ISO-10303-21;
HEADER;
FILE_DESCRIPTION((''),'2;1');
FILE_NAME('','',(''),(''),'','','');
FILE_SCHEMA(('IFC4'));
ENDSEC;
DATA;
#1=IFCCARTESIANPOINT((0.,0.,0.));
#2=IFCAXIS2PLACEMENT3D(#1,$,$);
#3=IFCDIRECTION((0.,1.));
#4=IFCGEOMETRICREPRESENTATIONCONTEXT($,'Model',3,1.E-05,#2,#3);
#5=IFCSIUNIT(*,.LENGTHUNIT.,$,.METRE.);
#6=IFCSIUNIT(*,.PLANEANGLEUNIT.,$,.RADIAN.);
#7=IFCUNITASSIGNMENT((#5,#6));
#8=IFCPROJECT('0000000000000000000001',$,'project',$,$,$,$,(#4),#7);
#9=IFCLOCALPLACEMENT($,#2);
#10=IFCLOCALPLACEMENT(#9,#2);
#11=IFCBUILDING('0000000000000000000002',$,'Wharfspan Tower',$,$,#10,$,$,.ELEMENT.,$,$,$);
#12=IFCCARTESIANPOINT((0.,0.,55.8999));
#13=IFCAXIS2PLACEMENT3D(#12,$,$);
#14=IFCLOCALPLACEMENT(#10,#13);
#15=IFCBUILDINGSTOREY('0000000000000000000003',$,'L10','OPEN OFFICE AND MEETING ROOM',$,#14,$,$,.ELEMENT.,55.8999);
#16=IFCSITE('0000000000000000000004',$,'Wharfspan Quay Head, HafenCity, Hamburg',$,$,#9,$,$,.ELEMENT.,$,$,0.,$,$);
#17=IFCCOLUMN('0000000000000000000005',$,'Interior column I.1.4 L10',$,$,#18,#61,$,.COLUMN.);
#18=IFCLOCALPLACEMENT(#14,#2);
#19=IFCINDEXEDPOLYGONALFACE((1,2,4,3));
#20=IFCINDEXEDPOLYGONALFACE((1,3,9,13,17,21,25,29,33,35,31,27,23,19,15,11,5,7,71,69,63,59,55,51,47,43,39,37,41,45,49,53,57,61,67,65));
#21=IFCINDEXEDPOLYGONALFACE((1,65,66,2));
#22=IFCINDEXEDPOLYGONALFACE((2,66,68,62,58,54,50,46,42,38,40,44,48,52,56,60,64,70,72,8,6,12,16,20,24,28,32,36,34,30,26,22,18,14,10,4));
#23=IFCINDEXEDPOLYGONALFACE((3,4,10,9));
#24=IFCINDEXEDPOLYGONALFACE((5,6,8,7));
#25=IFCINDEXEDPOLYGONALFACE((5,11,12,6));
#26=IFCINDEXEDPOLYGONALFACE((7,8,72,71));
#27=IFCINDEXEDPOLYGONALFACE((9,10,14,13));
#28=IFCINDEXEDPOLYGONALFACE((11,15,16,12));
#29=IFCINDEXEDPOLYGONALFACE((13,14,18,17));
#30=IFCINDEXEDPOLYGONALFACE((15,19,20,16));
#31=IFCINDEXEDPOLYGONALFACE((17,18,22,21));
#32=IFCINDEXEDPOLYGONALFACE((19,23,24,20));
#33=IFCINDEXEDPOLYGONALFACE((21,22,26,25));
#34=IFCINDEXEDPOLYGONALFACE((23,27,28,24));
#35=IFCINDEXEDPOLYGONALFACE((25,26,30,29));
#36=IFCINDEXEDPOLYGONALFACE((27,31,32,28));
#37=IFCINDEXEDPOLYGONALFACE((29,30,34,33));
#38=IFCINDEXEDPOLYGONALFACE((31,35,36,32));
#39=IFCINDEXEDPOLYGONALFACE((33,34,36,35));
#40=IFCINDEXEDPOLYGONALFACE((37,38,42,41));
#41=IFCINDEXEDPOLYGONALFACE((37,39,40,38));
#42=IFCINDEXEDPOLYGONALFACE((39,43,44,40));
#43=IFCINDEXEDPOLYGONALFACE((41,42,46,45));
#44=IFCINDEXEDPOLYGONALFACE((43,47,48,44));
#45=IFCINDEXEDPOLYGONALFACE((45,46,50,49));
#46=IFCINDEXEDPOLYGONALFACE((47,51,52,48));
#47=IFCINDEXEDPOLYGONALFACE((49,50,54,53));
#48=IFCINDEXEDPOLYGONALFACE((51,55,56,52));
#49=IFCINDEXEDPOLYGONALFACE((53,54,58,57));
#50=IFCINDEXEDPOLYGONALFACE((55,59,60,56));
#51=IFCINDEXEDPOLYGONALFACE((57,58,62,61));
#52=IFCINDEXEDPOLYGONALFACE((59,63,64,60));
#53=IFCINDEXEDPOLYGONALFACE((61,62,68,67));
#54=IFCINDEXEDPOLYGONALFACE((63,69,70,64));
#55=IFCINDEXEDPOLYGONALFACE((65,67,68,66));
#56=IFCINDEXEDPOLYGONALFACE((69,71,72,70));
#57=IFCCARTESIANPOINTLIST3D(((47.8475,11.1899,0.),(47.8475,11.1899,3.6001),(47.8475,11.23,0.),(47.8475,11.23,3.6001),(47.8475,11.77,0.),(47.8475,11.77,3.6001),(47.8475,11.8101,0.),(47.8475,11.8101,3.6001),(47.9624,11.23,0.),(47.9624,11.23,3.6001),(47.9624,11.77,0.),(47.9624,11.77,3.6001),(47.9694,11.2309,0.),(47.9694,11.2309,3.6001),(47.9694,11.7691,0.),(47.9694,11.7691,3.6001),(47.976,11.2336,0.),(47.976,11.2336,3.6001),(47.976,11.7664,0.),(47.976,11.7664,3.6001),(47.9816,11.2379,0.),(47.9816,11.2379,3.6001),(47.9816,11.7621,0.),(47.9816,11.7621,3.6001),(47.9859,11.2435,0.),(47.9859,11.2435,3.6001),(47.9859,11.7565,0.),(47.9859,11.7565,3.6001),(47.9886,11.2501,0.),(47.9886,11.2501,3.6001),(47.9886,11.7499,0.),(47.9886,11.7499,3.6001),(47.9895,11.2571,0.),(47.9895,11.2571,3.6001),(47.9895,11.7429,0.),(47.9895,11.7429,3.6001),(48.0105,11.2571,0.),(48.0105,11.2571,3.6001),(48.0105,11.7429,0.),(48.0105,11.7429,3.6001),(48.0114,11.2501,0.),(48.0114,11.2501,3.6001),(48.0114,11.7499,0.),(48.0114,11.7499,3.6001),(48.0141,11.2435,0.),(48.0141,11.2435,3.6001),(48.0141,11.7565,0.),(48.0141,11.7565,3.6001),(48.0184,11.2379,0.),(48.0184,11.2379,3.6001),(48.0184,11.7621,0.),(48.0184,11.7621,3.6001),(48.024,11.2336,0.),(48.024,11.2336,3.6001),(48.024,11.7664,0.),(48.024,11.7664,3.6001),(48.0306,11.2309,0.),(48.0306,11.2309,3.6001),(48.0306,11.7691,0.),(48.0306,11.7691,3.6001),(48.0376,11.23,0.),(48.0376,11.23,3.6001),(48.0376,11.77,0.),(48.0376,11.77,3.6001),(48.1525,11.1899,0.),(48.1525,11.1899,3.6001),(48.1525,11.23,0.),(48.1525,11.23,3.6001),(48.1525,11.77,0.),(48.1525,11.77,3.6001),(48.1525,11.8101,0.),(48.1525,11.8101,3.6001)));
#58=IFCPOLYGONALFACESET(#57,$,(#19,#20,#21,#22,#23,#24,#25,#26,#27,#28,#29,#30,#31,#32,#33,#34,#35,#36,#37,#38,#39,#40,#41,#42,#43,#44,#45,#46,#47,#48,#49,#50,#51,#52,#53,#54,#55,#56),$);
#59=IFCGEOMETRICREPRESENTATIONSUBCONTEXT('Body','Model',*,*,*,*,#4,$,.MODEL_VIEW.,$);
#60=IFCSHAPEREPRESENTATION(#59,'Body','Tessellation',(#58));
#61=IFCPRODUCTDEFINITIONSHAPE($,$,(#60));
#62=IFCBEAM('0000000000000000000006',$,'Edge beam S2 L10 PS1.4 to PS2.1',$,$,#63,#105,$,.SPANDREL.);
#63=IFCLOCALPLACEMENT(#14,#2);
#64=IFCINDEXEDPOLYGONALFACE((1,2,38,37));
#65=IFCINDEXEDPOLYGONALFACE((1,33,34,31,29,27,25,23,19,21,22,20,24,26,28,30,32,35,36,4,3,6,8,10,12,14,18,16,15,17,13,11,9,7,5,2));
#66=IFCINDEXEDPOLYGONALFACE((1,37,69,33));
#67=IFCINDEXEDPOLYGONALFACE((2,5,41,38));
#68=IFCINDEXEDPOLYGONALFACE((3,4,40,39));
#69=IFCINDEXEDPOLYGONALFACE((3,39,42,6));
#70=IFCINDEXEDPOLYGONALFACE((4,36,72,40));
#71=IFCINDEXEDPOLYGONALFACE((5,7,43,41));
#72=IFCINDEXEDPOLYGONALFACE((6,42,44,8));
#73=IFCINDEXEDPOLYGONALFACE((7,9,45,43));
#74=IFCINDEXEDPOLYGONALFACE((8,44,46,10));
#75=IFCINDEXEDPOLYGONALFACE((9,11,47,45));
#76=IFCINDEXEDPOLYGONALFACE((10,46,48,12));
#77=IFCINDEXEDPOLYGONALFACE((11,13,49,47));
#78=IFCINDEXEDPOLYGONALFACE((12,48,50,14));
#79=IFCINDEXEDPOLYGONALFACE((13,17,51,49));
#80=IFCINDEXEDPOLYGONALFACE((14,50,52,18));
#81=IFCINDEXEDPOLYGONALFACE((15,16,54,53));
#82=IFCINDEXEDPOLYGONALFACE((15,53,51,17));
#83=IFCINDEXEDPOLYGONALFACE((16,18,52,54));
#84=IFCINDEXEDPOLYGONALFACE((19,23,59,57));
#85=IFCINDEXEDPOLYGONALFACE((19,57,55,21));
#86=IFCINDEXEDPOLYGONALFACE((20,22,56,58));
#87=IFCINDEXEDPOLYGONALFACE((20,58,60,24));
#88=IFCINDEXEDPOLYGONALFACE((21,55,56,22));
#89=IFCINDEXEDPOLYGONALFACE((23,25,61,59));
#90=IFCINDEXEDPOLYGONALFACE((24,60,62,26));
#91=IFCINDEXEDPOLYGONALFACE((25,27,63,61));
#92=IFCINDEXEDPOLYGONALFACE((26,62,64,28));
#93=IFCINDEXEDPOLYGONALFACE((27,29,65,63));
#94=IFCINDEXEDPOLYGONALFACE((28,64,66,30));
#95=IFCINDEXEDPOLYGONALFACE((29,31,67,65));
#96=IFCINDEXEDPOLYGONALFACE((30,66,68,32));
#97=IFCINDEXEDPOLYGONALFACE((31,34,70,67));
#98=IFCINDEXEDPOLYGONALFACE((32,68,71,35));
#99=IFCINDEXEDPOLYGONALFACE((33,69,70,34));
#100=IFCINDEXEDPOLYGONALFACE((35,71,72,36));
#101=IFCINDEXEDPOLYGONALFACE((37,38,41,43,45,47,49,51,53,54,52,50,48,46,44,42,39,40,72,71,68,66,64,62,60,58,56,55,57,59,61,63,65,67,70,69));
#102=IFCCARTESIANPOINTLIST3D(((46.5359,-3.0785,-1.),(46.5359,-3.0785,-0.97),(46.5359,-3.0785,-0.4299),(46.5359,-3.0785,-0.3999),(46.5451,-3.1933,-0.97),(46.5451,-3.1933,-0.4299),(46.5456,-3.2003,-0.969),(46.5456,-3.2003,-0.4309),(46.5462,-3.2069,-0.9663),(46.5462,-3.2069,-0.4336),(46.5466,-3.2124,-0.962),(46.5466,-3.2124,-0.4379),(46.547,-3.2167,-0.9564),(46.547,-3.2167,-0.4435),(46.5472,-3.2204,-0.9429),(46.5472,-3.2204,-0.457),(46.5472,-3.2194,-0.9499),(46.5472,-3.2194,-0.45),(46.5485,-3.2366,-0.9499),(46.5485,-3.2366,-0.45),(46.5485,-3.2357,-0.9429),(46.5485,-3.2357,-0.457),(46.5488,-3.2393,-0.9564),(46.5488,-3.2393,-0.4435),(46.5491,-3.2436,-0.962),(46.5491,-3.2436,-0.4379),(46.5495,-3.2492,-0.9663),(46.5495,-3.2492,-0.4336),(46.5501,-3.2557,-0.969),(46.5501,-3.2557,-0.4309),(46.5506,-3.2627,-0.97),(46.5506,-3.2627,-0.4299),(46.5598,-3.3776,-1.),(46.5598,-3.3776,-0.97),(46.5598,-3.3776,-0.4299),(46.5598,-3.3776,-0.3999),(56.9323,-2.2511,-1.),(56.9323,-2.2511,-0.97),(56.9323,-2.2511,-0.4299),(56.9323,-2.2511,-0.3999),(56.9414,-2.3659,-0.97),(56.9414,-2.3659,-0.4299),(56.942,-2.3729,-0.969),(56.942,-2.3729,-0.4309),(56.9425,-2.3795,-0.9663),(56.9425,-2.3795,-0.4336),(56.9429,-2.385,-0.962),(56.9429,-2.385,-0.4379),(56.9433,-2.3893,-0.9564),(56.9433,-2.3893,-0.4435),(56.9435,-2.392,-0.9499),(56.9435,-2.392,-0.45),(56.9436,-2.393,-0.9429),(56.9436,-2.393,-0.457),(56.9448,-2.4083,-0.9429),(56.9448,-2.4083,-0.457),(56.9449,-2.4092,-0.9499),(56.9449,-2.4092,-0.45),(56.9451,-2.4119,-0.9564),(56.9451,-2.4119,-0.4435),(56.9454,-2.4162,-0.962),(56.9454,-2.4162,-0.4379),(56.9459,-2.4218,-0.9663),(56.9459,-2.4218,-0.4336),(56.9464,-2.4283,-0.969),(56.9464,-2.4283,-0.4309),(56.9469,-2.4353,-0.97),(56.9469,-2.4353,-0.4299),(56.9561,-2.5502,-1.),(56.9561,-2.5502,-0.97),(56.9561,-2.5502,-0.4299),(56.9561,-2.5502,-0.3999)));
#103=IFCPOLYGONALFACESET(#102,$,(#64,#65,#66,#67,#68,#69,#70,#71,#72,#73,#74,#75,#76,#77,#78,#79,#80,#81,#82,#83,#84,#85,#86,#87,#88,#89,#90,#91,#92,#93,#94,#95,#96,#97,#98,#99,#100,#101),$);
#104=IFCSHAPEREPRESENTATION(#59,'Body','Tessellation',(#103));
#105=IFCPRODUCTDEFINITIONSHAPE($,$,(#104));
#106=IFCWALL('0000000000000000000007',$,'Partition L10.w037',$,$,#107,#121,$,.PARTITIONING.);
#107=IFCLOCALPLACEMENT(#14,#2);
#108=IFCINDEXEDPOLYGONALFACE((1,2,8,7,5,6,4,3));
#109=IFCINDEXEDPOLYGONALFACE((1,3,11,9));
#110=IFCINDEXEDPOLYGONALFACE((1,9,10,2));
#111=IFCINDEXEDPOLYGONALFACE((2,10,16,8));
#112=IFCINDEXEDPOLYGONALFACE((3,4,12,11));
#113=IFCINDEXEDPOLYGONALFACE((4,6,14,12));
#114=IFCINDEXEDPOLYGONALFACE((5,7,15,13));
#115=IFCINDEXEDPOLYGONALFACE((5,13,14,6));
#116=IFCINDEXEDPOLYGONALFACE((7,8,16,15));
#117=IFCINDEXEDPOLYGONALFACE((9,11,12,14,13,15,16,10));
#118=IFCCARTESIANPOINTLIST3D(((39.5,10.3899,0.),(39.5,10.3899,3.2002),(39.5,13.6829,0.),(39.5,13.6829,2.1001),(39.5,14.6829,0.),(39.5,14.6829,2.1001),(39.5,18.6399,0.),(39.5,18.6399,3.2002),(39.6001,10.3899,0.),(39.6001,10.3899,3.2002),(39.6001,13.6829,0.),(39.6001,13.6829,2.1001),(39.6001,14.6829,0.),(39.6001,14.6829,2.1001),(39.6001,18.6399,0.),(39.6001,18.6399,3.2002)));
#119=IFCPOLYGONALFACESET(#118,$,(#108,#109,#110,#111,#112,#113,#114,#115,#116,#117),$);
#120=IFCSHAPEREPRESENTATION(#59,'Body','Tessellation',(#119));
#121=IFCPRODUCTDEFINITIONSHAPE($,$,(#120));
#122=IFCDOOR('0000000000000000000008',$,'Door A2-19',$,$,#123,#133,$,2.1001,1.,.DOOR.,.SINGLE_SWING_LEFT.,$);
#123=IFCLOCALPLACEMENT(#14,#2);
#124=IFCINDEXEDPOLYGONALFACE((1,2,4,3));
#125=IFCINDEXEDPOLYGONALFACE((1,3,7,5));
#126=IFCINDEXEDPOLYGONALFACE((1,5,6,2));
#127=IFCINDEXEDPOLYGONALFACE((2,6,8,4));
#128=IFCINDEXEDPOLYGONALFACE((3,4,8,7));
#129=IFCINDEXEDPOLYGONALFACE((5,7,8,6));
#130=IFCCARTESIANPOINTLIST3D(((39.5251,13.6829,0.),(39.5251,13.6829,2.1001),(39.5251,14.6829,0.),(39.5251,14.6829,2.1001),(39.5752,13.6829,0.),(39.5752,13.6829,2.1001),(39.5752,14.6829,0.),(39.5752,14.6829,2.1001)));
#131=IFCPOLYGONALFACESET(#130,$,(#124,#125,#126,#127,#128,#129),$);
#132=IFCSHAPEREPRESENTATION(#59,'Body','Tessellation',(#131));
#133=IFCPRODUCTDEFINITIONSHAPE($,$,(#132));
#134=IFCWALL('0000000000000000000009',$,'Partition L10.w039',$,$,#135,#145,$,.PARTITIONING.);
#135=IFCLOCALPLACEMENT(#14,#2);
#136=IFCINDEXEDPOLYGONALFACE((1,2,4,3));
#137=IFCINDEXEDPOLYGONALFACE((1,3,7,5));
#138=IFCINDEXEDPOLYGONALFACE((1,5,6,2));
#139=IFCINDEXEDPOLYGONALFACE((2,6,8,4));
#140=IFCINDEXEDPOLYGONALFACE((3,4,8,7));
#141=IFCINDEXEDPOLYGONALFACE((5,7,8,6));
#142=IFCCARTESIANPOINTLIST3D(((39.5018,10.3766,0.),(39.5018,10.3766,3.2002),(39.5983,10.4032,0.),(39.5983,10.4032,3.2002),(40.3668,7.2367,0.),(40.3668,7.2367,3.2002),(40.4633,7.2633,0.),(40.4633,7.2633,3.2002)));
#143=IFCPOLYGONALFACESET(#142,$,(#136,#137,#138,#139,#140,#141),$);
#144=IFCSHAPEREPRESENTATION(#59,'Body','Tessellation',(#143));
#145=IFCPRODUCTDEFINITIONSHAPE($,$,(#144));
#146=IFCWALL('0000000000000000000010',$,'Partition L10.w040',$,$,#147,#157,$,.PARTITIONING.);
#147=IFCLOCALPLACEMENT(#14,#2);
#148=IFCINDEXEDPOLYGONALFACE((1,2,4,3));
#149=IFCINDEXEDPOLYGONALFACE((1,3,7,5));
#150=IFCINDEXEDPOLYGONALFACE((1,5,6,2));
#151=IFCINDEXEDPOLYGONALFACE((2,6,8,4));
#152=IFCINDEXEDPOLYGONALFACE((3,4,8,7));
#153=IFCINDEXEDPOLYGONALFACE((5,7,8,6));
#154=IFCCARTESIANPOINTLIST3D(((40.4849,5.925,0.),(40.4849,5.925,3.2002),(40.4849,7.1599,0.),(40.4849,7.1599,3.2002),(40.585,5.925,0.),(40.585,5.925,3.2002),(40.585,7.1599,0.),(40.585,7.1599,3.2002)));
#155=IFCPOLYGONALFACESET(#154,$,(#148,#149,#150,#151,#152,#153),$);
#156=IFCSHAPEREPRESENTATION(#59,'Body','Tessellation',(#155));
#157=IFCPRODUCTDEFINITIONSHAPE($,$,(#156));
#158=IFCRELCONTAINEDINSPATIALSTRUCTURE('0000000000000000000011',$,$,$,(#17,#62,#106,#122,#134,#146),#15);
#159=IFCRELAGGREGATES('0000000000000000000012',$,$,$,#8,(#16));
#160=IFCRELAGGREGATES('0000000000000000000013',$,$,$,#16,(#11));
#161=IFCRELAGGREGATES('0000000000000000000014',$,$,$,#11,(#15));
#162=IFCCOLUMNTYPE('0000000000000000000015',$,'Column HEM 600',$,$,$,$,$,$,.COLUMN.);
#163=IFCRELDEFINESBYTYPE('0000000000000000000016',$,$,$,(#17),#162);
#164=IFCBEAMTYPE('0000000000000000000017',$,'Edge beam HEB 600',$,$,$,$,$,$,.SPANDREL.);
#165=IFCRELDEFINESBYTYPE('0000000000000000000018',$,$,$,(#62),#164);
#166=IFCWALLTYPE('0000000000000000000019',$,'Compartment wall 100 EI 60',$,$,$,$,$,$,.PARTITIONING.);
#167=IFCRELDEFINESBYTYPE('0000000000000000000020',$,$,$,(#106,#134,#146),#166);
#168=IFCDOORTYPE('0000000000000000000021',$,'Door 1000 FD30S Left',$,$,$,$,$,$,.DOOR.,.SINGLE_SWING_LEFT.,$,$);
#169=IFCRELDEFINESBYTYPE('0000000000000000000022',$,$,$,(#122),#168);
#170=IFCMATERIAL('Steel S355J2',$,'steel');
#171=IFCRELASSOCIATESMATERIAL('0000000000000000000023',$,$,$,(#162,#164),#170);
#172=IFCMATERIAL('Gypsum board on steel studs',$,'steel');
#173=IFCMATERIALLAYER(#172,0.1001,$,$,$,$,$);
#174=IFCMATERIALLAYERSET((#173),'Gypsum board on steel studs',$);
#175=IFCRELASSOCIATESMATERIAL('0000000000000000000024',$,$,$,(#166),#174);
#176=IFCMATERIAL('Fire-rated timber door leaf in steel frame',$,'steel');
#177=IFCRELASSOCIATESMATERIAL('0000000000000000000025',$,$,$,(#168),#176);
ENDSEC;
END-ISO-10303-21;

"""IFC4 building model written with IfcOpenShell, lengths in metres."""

from ifc_helpers import new_model, si_unit, direction, frame, frame_2d, origin, origin_2d, place, context, subcontext, project, spatial, rectangle, i_section, extrude, material, layer, layer_set, material_profile, profile_set, type_object, element, fill, save


model = new_model("IFC4")

# Units and contexts
model_context = context("Model", 3, precision=1e-05, world=origin(), true_north=direction((0.0, 1.0)))
body_context = subcontext(model_context, "Body", "Model", "MODEL_VIEW")
ifc_project = project(units=[si_unit("LENGTHUNIT", "METRE"), si_unit("PLANEANGLEUNIT", "RADIAN")], contexts=[model_context])

# Site, building, storey
site_placement = place(None, origin())
site = spatial("IfcSite", under=ifc_project, at=site_placement, Name="Wharfspan Quay Head, HafenCity, Hamburg", CompositionType="ELEMENT", RefElevation=0.0)
building_placement = place(site_placement, origin())
building = spatial("IfcBuilding", under=site, at=building_placement, Name="Wharfspan Tower", CompositionType="ELEMENT")
storey_placement = place(building_placement, frame((0.0, 0.0, 55.8999)))
storey = spatial("IfcBuildingStorey", under=building, at=storey_placement, Name="L10", Description="OPEN OFFICE AND MEETING ROOM", CompositionType="ELEMENT", Elevation=55.8999)

# Column
ifc_material_1 = material(Name="Steel S355J2", Category="steel")
ifc_material_profile_1 = material_profile(ifc_material_1, i_section(OverallWidth=0.3049, OverallDepth=0.6201, WebThickness=0.021, FlangeThickness=0.04, FilletRadius=0.0271, at=origin_2d()))
ifc_profile_set_1 = profile_set([ifc_material_profile_1], Name="Steel S355J2")
column_type = type_object("IfcColumnType", Name="Column HEM 600", PredefinedType="COLUMN", material=ifc_profile_set_1)
column_placement = place(storey_placement, frame((48.0, 11.5, 0.0), z_axis=(0.0, 0.0, 1.0), x_axis=(1.0, 0.0, 0.0)))
element("IfcColumn", 1, at=column_placement, inside=storey, type_object=column_type, Name="Interior column I.1.4 L10", PredefinedType="COLUMN", context=body_context, shape_type="SweptSolid", body=[
    extrude(i_section(OverallWidth=0.3049, OverallDepth=0.6201, WebThickness=0.021, FlangeThickness=0.04, FilletRadius=0.0271, at=origin_2d()), origin(), (0.0, 0.0, 1.0), 3.6001),
])

# Beam
ifc_material_profile_2 = material_profile(ifc_material_1, i_section(OverallWidth=0.3, OverallDepth=0.6001, WebThickness=0.0154, FlangeThickness=0.03, FilletRadius=0.0271, at=origin_2d()))
ifc_profile_set_2 = profile_set([ifc_material_profile_2], Name="Steel S355J2")
beam_type = type_object("IfcBeamType", Name="Edge beam HEB 600", PredefinedType="SPANDREL", material=ifc_profile_set_2)
beam_placement = place(storey_placement, frame((46.5479, -3.228, -0.7), z_axis=(0.996848, 0.079335, 0.0), x_axis=(-0.079335, 0.996848, 0.0)))
element("IfcBeam", 2, at=beam_placement, inside=storey, type_object=beam_type, Name="Edge beam S2 L10 PS1.4 to PS2.1", PredefinedType="SPANDREL", context=body_context, shape_type="SweptSolid", body=[
    extrude(i_section(OverallWidth=0.3, OverallDepth=0.6001, WebThickness=0.0154, FlangeThickness=0.03, FilletRadius=0.0271, at=origin_2d()), origin(), (0.0, 0.0, 1.0), 10.4292),
])

# Wall, opening, door
ifc_material_2 = material(Name="Gypsum board on steel studs", Category="steel")
ifc_layer_1 = layer(ifc_material_2, 0.1001)
ifc_layer_set_1 = layer_set([ifc_layer_1], Name="Gypsum board on steel studs")
wall_type_1 = type_object("IfcWallType", Name="Compartment wall 100 EI 60", PredefinedType="PARTITIONING", material=ifc_layer_set_1)
wall_1_placement = place(storey_placement, frame((39.55, 10.3899, 0.0), z_axis=(0.0, 0.0, 1.0), x_axis=(0.0, 1.0, 0.0)))
wall_1 = element("IfcWall", 3, at=wall_1_placement, inside=storey, type_object=wall_type_1, Name="Partition L10.w037", PredefinedType="PARTITIONING", context=body_context, shape_type="SweptSolid", body=[
    extrude(rectangle(XDim=8.25, YDim=0.1001, at=frame_2d((4.125, 0.0))), origin(), (0.0, 0.0, 1.0), 3.2002),
])
opening_1_placement = place(wall_1_placement, frame((3.293, 0.0, 0.0)))
opening_1 = element("IfcOpeningElement", 4, at=opening_1_placement, cuts=wall_1, PredefinedType="OPENING", context=body_context, shape_type="SweptSolid", body=[
    extrude(rectangle(XDim=1.0, YDim=2.1001, at=frame_2d((0.5, 1.05))), frame((0.0, 0.0601, 0.0), z_axis=(0.0, -1.0, 0.0), x_axis=(1.0, 0.0, 0.0)), (0.0, 0.0, 1.0), 0.1201),
])
ifc_material_3 = material(Name="Fire-rated timber door leaf in steel frame", Category="steel")
door_type_1 = type_object("IfcDoorType", Name="Door 1000 FD30S Left", OperationType="SINGLE_SWING_LEFT", PredefinedType="DOOR", material=ifc_material_3)
door_1_placement = place(opening_1_placement, origin())
door_1 = element("IfcDoor", 5, at=door_1_placement, inside=storey, type_object=door_type_1, Name="Door A2-19", OperationType="SINGLE_SWING_LEFT", OverallHeight=2.1001, OverallWidth=1.0, PredefinedType="DOOR", context=body_context, shape_type="SweptSolid", body=[
    extrude(rectangle(XDim=1.0, YDim=2.1001, at=frame_2d((0.5, 1.05))), frame((0.0, 0.0249, 0.0), z_axis=(0.0, -1.0, 0.0), x_axis=(1.0, 0.0, 0.0)), (0.0, 0.0, 1.0), 0.05),
])
fill(opening_1, door_1)

# Walls
wall_2_placement = place(storey_placement, frame((40.415, 7.25, 0.0), z_axis=(0.0, 0.0, 1.0), x_axis=(-0.26559, 0.964085, 0.0)))
element("IfcWall", 6, at=wall_2_placement, inside=storey, type_object=wall_type_1, Name="Partition L10.w039", PredefinedType="PARTITIONING", context=body_context, shape_type="SweptSolid", body=[
    extrude(rectangle(XDim=3.2568, YDim=0.1001, at=frame_2d((1.6284, 0.0))), origin(), (0.0, 0.0, 1.0), 3.2002),
])
wall_3_placement = place(storey_placement, frame((40.5349, 5.925, 0.0), z_axis=(0.0, 0.0, 1.0), x_axis=(0.0, 1.0, 0.0)))
element("IfcWall", 7, at=wall_3_placement, inside=storey, type_object=wall_type_1, Name="Partition L10.w040", PredefinedType="PARTITIONING", context=body_context, shape_type="SweptSolid", body=[
    extrude(rectangle(XDim=1.2349, YDim=0.1001, at=frame_2d((0.6174, 0.0))), origin(), (0.0, 0.0, 1.0), 3.2002),
])

save(model, "model.ifc")
